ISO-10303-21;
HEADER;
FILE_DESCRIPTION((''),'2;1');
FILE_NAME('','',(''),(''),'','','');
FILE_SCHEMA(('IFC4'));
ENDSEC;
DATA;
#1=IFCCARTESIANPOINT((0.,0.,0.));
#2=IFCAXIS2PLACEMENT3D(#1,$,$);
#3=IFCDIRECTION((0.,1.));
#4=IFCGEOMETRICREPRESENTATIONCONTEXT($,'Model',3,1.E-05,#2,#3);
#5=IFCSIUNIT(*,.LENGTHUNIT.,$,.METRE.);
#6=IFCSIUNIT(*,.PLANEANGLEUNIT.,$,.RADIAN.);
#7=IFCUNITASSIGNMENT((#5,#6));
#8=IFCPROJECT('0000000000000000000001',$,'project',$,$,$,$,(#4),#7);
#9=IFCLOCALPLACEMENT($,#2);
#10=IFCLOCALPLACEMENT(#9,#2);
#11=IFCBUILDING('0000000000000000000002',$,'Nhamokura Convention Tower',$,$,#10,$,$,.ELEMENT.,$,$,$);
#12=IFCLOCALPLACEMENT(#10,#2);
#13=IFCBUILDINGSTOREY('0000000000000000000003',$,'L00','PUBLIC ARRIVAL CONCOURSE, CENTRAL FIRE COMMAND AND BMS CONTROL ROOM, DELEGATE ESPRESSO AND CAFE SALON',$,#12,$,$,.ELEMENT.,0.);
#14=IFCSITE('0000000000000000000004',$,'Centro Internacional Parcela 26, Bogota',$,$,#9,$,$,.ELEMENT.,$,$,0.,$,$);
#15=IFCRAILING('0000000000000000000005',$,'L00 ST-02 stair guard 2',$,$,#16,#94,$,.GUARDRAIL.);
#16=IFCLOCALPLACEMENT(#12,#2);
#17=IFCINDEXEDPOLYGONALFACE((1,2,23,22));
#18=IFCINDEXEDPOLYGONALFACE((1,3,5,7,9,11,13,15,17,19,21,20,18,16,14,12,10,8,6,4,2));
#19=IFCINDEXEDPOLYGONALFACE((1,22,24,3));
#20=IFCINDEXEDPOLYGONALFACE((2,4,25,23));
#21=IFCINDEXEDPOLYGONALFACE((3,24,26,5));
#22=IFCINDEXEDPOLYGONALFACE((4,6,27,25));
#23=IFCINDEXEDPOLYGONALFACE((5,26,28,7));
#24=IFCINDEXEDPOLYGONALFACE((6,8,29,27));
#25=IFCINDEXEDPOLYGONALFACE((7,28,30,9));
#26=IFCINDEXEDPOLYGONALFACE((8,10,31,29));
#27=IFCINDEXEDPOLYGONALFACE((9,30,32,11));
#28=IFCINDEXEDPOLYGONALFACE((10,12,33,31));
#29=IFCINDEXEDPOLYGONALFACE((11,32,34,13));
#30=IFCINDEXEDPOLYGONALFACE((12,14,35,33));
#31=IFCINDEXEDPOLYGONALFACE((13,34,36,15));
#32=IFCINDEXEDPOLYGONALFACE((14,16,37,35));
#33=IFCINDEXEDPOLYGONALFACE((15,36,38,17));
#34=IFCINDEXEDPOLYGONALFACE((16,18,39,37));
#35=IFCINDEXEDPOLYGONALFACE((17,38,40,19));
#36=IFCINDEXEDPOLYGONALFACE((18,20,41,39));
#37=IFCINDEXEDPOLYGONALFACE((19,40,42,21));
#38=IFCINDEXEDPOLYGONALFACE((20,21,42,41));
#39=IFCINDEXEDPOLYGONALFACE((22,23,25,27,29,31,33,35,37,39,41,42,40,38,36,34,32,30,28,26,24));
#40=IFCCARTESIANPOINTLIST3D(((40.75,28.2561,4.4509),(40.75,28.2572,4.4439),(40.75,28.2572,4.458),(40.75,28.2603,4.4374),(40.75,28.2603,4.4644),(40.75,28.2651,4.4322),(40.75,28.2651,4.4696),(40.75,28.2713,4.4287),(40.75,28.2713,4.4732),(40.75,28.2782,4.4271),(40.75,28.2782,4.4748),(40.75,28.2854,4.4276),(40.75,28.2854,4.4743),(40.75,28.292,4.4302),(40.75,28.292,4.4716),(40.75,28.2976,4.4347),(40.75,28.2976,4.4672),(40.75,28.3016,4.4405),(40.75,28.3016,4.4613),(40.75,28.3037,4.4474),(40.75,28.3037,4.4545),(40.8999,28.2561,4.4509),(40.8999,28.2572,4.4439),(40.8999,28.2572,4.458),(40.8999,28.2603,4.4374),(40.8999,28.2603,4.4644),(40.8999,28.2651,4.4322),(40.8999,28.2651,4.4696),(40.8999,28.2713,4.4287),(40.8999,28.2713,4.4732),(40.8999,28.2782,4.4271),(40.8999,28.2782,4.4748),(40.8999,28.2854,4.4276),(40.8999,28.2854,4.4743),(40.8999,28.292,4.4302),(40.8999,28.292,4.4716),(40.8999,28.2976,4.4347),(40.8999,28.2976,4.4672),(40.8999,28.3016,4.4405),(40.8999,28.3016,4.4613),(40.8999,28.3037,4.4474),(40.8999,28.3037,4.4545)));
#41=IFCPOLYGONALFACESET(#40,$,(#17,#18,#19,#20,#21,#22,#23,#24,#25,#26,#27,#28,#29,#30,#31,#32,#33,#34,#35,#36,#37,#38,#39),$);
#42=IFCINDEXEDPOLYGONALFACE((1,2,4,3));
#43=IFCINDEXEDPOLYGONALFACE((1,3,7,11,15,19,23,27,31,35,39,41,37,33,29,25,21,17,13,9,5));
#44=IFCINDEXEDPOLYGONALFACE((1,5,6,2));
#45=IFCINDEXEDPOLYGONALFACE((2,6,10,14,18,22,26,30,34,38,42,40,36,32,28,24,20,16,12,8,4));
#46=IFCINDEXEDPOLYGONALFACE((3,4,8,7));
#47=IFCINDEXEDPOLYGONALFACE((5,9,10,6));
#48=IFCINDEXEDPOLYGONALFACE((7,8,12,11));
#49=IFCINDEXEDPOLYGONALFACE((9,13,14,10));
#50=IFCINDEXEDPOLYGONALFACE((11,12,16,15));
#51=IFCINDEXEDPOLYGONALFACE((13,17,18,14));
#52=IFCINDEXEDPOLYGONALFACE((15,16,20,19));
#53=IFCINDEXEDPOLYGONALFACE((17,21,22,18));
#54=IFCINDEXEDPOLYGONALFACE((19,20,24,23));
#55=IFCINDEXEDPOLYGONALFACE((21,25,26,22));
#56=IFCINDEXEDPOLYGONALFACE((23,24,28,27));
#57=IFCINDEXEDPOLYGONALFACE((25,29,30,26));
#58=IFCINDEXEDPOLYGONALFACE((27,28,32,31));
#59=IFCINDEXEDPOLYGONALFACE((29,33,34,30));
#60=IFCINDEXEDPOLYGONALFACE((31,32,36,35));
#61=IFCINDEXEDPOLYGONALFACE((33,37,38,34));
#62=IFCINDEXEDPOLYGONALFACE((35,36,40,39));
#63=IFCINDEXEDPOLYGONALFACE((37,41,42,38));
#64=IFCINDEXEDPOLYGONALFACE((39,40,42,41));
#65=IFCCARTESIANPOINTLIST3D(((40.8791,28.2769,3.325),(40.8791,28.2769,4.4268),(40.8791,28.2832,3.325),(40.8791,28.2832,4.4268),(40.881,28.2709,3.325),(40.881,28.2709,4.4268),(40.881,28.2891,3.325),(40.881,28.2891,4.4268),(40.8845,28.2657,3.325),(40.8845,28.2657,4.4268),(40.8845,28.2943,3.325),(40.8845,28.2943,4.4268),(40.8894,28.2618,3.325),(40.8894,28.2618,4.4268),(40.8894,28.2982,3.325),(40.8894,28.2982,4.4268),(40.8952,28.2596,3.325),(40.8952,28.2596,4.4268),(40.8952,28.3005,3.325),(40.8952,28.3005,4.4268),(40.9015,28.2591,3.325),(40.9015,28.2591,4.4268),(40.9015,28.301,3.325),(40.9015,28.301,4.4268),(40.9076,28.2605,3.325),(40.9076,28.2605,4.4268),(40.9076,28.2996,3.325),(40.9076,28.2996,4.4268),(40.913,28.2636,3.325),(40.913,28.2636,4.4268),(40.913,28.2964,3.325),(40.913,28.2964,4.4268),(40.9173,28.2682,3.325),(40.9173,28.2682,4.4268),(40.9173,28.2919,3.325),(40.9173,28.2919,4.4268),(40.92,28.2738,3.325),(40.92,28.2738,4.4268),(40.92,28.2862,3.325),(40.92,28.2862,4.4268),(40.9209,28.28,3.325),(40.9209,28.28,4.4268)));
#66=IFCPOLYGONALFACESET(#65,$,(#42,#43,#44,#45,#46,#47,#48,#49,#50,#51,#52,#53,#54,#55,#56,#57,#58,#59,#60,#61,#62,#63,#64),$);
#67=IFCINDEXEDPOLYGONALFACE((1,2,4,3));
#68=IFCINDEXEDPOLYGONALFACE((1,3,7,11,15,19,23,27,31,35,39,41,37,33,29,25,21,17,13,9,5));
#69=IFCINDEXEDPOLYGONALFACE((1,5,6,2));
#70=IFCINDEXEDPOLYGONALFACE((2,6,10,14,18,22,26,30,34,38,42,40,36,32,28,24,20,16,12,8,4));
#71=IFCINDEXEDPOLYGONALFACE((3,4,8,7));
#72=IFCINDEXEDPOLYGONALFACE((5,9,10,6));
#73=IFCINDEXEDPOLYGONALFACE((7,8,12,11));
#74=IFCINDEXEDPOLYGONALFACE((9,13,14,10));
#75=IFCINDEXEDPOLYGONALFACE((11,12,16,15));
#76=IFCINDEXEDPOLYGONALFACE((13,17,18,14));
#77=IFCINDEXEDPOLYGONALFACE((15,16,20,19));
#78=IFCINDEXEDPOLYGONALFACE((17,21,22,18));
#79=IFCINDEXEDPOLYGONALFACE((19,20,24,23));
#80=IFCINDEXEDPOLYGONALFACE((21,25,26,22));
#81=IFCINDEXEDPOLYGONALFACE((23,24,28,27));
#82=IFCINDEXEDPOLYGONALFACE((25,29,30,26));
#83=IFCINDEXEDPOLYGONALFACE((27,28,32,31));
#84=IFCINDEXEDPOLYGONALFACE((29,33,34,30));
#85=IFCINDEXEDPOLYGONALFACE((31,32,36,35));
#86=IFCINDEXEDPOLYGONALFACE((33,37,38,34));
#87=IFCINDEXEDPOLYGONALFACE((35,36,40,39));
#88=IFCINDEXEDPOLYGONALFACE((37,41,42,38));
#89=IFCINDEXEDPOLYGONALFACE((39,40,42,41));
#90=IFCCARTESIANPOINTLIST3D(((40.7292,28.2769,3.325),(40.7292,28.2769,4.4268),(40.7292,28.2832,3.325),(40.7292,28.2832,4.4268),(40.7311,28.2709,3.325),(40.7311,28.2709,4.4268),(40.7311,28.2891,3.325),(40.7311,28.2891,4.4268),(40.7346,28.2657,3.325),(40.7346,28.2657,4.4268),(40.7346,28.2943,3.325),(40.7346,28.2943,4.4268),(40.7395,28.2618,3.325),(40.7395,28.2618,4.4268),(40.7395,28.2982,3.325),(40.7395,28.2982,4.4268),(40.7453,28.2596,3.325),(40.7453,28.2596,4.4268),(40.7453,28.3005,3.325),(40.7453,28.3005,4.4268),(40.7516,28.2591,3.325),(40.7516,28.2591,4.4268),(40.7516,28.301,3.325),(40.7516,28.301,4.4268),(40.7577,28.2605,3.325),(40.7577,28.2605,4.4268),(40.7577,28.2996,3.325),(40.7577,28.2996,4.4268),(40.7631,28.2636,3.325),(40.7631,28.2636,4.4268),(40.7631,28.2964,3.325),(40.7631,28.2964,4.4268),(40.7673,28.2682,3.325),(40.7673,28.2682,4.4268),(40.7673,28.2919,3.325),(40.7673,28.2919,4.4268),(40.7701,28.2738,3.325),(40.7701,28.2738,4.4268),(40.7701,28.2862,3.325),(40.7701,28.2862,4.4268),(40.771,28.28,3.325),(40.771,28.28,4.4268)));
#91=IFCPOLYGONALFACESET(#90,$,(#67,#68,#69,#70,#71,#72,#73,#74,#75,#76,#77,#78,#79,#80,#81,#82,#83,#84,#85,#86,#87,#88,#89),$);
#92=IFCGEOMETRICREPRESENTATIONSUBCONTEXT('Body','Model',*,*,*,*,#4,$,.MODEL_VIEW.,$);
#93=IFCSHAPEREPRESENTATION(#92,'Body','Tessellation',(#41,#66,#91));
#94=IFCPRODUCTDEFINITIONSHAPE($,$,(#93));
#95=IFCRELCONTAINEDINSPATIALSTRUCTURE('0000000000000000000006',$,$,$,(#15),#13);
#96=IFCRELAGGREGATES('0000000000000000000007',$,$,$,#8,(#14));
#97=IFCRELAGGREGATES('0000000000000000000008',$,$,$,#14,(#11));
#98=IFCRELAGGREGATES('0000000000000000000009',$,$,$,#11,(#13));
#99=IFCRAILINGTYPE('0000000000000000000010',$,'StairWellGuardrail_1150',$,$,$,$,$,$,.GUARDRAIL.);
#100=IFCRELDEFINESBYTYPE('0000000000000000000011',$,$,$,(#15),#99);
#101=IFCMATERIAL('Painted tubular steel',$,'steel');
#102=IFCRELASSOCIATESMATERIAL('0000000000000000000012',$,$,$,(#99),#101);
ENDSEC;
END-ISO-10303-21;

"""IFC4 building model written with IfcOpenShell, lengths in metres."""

from ifc_helpers import new_model, si_unit, direction, frame, origin, origin_2d, place, context, subcontext, project, spatial, circle, extrude, material, type_object, element, save


model = new_model("IFC4")

# Units and contexts
model_context = context("Model", 3, precision=1e-05, world=origin(), true_north=direction((0.0, 1.0)))
body_context = subcontext(model_context, "Body", "Model", "MODEL_VIEW")
ifc_project = project(units=[si_unit("LENGTHUNIT", "METRE"), si_unit("PLANEANGLEUNIT", "RADIAN")], contexts=[model_context])

# Site, building, storey
site_placement = place(None, origin())
site = spatial("IfcSite", under=ifc_project, at=site_placement, Name="Centro Internacional Parcela 26, Bogota", CompositionType="ELEMENT", RefElevation=0.0)
building_placement = place(site_placement, origin())
building = spatial("IfcBuilding", under=site, at=building_placement, Name="Nhamokura Convention Tower", CompositionType="ELEMENT")
storey_placement = place(building_placement, origin())
storey = spatial("IfcBuildingStorey", under=building, at=storey_placement, Name="L00", Description="PUBLIC ARRIVAL CONCOURSE, CENTRAL FIRE COMMAND AND BMS CONTROL ROOM, DELEGATE ESPRESSO AND CAFE SALON", CompositionType="ELEMENT", Elevation=0.0)

# Railing
ifc_material_1 = material(Name="Painted tubular steel", Category="steel")
railing_type_1 = type_object("IfcRailingType", Name="StairWellGuardrail_1150", PredefinedType="GUARDRAIL", material=ifc_material_1)
railing_1_placement = place(storey_placement, frame((40.8999, 28.28, 3.325)))
element("IfcRailing", 1, at=railing_1_placement, inside=storey, type_object=railing_type_1, Name="L00 ST-02 stair guard 2", PredefinedType="GUARDRAIL", context=body_context, shape_type="SweptSolid", body=[
    extrude(circle(Radius=0.0239, at=origin_2d()), frame((0.0, 0.0, 1.126), z_axis=(-1.0, 0.0, 0.0), x_axis=(0.0, -1.0, 0.0)), (0.0, 0.0, 1.0), 0.1499),
    extrude(circle(Radius=0.021, at=origin_2d()), origin(), (0.0, 0.0, 1.0), 1.1018),
    extrude(circle(Radius=0.021, at=origin_2d()), frame((-0.1499, 0.0, 0.0)), (0.0, 0.0, 1.0), 1.1018),
])

save(model, "model.ifc")
